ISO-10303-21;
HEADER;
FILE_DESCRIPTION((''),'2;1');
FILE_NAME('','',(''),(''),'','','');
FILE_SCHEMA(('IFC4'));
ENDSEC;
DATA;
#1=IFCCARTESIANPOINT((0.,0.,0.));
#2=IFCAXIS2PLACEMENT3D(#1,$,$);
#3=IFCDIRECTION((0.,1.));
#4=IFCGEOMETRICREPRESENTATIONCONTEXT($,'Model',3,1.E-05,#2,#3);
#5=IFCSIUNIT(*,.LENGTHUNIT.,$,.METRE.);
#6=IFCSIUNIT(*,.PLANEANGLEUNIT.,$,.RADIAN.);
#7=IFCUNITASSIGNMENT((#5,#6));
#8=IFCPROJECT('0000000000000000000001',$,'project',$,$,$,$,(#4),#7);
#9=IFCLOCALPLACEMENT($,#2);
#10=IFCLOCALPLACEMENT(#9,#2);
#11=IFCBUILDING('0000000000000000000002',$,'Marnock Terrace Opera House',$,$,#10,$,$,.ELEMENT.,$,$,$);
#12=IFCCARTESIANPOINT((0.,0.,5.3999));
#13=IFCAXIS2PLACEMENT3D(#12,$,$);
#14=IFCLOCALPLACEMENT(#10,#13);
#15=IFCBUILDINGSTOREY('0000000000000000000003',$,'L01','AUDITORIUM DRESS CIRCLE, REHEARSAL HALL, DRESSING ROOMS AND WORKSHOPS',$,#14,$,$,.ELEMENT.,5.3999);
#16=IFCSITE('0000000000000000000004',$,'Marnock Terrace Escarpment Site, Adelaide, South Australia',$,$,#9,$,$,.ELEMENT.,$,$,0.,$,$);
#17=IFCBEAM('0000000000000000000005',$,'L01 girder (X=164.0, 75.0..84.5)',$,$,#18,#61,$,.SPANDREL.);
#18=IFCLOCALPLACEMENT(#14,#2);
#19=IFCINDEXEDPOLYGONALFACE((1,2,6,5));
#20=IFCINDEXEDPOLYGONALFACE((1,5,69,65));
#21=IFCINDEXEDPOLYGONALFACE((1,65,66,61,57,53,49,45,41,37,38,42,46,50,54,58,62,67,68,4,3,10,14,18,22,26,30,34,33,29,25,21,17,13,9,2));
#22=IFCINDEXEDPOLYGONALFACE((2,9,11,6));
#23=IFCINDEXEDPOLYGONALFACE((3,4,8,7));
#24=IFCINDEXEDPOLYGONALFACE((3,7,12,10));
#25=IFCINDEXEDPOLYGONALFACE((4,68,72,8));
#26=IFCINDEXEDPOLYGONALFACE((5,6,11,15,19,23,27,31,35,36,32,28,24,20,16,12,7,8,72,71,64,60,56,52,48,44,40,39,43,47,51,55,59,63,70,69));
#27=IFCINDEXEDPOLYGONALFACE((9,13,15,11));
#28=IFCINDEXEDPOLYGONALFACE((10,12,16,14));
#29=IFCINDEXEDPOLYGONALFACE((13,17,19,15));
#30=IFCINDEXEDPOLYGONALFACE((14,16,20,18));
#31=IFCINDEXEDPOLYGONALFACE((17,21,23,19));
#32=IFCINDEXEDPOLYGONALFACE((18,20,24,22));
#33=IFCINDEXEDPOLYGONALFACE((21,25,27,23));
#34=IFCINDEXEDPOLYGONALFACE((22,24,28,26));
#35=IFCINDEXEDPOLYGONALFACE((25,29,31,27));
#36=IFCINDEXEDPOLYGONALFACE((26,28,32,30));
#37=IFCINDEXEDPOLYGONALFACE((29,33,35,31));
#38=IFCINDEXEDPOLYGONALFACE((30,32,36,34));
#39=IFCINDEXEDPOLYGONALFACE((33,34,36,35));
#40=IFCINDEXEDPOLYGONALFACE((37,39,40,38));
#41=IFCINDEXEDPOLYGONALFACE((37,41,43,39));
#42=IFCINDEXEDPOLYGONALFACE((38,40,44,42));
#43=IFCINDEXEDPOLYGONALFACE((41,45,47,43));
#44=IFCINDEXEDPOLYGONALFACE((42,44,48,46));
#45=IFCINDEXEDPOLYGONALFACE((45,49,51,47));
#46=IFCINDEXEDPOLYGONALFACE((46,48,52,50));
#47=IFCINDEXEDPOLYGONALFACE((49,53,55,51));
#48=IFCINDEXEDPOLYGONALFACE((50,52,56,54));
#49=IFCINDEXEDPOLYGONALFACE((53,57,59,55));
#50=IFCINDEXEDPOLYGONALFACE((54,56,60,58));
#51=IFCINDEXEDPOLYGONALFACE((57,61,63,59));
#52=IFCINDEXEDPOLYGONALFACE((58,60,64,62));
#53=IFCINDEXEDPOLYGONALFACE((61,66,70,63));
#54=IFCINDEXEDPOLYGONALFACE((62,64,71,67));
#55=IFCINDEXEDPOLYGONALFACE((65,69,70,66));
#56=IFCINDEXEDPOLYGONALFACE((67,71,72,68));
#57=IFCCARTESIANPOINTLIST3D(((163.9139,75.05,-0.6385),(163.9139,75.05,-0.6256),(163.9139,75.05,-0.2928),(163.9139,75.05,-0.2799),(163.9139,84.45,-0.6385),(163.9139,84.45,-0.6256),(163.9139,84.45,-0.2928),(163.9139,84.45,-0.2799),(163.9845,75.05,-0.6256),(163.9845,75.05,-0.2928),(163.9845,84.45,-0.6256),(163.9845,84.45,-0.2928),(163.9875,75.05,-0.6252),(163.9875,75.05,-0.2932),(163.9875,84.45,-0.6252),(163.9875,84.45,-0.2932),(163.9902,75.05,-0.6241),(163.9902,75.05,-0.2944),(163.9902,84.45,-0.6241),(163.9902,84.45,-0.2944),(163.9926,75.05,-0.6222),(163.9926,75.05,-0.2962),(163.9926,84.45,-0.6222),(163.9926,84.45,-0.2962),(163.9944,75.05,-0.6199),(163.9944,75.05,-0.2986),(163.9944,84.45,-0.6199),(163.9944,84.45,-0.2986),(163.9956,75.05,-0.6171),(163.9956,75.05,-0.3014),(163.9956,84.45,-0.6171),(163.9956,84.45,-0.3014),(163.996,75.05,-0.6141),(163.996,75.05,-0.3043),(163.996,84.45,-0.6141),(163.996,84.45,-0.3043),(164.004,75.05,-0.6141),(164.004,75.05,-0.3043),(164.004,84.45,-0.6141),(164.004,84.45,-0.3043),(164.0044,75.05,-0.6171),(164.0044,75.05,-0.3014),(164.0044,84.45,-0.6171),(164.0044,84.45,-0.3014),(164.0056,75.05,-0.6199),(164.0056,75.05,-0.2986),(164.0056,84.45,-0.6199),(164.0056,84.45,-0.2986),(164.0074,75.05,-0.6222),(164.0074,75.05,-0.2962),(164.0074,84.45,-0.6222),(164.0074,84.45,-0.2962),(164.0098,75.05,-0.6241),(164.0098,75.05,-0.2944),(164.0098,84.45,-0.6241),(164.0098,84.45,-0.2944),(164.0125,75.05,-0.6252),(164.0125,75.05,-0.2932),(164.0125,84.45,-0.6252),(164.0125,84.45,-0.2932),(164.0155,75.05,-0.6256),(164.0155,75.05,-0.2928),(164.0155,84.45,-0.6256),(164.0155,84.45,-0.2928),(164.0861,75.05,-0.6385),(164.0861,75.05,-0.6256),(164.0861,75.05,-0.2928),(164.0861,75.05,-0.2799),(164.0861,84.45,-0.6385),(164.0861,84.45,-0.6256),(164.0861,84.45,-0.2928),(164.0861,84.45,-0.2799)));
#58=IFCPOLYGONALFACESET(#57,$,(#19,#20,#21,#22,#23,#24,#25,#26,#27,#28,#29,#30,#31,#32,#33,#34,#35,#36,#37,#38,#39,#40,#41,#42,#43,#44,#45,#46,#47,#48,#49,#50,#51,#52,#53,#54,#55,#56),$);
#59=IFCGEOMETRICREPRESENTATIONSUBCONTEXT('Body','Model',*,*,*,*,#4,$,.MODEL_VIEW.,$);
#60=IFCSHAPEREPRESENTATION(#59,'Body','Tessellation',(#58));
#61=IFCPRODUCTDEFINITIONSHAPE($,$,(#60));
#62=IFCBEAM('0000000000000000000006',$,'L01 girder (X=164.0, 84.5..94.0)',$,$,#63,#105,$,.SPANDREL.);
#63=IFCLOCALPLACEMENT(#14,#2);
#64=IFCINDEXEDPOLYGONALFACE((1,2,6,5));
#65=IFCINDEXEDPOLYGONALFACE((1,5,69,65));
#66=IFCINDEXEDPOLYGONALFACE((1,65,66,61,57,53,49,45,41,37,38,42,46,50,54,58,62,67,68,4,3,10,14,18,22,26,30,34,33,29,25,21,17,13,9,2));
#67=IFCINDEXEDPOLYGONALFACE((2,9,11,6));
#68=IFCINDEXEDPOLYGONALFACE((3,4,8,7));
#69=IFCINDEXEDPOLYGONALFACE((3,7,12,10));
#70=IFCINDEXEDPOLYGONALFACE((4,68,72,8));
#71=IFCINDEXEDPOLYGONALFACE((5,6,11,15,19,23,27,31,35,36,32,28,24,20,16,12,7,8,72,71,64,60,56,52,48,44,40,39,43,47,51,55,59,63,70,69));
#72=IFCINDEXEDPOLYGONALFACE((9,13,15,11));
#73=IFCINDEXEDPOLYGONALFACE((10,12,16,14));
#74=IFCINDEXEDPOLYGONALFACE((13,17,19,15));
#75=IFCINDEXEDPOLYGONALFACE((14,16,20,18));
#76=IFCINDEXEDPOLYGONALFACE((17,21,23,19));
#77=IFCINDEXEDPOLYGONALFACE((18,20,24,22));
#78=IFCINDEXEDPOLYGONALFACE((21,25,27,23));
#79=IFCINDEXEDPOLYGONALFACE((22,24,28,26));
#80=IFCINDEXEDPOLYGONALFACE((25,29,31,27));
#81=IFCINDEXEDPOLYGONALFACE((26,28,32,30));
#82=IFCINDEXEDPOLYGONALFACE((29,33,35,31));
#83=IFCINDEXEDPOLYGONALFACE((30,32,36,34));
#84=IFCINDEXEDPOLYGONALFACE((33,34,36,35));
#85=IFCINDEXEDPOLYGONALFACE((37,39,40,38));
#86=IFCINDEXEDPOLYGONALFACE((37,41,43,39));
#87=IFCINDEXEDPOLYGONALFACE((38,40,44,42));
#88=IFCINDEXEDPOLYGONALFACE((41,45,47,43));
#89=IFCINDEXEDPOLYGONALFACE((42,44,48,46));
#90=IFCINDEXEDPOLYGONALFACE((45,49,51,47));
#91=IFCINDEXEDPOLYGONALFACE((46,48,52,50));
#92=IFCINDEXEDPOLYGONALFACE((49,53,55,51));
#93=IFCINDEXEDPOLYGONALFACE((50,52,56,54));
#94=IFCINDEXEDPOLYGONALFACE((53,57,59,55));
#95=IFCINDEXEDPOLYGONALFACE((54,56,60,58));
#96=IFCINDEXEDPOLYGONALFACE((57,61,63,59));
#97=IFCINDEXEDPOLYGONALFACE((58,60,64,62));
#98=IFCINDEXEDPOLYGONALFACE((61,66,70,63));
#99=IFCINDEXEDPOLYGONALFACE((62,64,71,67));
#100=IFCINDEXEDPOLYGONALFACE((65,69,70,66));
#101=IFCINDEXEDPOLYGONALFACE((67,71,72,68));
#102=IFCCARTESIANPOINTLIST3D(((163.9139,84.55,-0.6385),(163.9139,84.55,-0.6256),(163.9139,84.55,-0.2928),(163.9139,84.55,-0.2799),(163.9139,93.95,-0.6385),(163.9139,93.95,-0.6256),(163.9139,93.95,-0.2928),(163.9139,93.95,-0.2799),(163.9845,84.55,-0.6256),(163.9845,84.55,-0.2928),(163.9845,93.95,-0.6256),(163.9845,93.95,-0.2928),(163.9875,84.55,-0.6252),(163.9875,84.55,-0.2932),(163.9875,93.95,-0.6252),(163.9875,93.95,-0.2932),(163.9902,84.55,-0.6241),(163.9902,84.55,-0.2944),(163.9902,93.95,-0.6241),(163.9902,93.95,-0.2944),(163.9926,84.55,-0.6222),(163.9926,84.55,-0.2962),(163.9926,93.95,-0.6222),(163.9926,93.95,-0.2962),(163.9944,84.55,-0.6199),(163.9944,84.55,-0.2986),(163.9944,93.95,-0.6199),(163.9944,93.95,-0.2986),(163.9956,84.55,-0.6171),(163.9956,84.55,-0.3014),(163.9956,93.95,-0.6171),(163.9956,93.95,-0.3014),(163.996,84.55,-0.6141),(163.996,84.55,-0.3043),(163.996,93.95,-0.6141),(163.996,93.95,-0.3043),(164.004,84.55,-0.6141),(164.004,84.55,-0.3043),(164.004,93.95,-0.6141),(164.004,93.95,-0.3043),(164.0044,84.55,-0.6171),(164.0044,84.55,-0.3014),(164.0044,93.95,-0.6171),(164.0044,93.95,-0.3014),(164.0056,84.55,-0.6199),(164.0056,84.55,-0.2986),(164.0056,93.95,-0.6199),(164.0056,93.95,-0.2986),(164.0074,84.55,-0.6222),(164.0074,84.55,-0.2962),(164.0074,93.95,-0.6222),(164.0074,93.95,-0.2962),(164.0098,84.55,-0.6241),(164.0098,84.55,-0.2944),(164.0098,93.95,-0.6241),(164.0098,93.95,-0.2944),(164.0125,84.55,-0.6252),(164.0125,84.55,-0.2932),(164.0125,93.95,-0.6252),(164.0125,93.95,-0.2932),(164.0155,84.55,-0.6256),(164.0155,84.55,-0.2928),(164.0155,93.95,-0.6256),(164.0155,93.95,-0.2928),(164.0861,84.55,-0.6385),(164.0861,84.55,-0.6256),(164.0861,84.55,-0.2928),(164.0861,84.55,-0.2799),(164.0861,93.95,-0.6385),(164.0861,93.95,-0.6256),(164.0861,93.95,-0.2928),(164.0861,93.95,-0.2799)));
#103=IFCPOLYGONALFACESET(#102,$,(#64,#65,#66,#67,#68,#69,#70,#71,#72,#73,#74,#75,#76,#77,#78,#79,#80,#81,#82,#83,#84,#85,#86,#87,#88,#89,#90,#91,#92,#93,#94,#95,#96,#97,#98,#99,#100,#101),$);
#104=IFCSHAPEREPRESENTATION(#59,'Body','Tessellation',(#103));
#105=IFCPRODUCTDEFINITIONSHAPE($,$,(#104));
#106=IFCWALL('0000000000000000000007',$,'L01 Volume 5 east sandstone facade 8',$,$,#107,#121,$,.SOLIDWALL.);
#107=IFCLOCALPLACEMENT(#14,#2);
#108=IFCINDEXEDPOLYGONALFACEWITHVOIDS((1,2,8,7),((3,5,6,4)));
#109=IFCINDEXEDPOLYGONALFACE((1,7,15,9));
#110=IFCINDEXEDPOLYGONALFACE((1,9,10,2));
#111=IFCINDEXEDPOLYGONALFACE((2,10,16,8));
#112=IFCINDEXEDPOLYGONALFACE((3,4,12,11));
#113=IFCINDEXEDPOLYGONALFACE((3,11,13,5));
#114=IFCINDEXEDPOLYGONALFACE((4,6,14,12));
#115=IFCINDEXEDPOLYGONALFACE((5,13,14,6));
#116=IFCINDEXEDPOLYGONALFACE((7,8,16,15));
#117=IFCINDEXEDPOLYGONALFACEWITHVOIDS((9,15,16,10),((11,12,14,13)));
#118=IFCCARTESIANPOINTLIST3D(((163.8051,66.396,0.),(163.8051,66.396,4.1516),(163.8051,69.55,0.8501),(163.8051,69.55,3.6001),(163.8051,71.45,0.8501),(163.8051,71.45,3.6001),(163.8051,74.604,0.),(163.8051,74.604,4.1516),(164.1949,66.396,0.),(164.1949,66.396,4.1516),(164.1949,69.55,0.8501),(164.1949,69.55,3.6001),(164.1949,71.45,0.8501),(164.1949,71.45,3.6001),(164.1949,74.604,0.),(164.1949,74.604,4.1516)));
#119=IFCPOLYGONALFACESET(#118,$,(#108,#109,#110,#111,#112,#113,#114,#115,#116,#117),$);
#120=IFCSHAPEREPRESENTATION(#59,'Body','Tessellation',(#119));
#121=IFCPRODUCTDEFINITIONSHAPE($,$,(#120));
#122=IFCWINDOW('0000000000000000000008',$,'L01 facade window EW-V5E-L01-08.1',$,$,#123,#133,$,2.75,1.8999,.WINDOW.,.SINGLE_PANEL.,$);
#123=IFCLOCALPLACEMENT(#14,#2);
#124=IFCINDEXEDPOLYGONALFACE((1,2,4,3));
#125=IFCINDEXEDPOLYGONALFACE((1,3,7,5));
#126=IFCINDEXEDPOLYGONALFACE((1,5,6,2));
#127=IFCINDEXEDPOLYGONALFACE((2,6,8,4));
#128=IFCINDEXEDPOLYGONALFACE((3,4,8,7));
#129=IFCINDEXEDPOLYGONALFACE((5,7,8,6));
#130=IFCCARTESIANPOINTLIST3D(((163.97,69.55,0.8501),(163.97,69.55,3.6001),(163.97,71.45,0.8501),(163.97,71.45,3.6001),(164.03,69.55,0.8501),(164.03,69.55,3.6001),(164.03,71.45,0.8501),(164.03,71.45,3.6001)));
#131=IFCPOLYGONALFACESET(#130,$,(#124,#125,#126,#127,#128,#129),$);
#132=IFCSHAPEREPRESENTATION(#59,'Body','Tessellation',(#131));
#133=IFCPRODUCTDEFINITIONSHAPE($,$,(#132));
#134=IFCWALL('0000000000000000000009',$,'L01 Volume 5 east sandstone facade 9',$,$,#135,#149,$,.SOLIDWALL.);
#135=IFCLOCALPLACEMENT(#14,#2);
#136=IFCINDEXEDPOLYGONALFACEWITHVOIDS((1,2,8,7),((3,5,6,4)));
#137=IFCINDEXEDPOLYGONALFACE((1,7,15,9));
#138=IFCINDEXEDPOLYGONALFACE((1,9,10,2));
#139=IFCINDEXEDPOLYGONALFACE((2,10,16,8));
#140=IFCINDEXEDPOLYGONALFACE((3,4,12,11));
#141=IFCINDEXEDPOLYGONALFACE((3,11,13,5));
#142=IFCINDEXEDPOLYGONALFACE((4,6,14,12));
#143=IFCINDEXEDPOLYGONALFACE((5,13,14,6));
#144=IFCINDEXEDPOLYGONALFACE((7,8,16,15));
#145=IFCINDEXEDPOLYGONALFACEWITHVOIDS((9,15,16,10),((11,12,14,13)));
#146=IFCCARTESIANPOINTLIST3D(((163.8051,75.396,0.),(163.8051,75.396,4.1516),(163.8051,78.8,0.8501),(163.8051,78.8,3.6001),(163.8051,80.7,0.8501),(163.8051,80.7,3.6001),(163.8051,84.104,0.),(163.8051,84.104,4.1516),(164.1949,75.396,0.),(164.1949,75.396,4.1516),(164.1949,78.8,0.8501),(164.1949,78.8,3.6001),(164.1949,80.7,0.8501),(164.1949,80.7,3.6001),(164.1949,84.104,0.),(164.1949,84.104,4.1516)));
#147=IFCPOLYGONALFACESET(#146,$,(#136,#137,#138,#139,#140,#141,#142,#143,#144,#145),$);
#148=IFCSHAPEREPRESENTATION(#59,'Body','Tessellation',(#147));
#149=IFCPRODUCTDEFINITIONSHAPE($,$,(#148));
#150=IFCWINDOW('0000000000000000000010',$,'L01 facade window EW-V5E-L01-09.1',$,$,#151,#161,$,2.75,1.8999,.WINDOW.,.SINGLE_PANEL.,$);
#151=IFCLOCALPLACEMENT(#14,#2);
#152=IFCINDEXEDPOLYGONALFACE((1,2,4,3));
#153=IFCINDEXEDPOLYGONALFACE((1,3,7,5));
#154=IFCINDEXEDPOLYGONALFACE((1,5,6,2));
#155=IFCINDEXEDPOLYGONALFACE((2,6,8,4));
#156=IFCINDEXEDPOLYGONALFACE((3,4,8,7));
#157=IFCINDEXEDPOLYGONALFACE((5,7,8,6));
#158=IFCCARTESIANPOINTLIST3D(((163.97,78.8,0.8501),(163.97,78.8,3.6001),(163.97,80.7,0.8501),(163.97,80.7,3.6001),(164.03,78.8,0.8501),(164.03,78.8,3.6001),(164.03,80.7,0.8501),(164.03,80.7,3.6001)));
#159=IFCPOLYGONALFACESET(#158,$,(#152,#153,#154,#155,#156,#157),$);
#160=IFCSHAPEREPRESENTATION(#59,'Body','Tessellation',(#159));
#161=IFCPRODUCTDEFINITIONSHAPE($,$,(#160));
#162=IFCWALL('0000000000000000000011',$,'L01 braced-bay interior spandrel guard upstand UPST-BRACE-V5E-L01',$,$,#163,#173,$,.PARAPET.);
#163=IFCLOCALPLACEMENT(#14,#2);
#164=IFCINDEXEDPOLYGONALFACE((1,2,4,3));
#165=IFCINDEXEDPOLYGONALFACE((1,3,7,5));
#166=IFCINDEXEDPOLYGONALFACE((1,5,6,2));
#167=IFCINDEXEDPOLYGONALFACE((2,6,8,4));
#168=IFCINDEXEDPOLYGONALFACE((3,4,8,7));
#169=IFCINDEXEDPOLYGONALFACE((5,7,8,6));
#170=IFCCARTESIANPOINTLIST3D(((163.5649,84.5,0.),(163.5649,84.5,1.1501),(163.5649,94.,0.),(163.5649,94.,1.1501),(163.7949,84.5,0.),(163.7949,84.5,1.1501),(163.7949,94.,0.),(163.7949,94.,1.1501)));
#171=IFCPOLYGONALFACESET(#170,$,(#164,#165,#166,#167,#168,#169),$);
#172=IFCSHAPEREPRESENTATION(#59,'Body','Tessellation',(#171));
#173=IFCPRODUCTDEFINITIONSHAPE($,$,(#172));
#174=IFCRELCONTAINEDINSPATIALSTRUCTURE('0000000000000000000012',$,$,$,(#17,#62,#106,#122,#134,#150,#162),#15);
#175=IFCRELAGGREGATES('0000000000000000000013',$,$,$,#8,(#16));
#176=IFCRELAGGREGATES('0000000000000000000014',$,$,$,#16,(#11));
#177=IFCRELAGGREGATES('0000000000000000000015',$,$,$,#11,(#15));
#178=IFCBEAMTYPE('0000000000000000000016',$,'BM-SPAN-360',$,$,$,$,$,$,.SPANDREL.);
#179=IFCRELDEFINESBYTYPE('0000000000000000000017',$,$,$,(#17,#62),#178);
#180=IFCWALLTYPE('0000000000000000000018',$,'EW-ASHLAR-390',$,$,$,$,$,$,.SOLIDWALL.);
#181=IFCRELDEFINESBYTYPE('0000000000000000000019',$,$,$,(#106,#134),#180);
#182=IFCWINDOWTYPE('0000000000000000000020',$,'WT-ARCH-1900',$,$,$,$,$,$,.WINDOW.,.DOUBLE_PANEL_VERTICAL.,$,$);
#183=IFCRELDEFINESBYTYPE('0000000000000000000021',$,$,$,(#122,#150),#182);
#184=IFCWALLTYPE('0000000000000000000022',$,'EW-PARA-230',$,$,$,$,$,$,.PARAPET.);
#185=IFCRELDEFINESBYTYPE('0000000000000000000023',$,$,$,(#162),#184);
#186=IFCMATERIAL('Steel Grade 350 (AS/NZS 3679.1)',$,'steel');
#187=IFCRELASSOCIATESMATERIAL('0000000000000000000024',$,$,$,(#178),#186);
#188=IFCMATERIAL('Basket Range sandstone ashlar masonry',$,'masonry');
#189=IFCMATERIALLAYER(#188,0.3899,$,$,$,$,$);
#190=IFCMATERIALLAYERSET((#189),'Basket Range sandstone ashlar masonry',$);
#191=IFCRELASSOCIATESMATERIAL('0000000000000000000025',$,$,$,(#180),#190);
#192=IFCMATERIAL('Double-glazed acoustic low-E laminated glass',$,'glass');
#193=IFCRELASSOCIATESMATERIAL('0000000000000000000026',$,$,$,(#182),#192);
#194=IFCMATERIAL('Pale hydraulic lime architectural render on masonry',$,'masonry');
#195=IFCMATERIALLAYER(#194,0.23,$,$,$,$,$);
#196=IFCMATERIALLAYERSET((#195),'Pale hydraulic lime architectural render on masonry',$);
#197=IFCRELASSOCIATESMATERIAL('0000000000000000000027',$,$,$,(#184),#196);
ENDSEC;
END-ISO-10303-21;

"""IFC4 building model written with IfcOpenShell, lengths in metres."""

from ifc_helpers import new_model, si_unit, direction, frame, frame_2d, origin, origin_2d, place, context, subcontext, project, spatial, rectangle, i_section, extrude, material, layer, layer_set, material_profile, profile_set, type_object, element, fill, save


model = new_model("IFC4")

# Units and contexts
model_context = context("Model", 3, precision=1e-05, world=origin(), true_north=direction((0.0, 1.0)))
body_context = subcontext(model_context, "Body", "Model", "MODEL_VIEW")
ifc_project = project(units=[si_unit("LENGTHUNIT", "METRE"), si_unit("PLANEANGLEUNIT", "RADIAN")], contexts=[model_context])

# Site, building, storey
site_placement = place(None, origin())
site = spatial("IfcSite", under=ifc_project, at=site_placement, Name="Marnock Terrace Escarpment Site, Adelaide, South Australia", CompositionType="ELEMENT", RefElevation=0.0)
building_placement = place(site_placement, origin())
building = spatial("IfcBuilding", under=site, at=building_placement, Name="Marnock Terrace Opera House", CompositionType="ELEMENT")
storey_placement = place(building_placement, frame((0.0, 0.0, 5.3999)))
storey = spatial("IfcBuildingStorey", under=building, at=storey_placement, Name="L01", Description="AUDITORIUM DRESS CIRCLE, REHEARSAL HALL, DRESSING ROOMS AND WORKSHOPS", CompositionType="ELEMENT", Elevation=5.3999)

# Beams
ifc_material_1 = material(Name="Steel Grade 350 (AS/NZS 3679.1)", Category="steel")
ifc_material_profile_1 = material_profile(ifc_material_1, i_section(OverallWidth=0.1721, OverallDepth=0.3586, WebThickness=0.0081, FlangeThickness=0.0129, FilletRadius=0.0115, at=origin_2d()))
ifc_profile_set_1 = profile_set([ifc_material_profile_1], Name="Steel Grade 350 (AS/NZS 3679.1)")
beam_type_1 = type_object("IfcBeamType", Name="BM-SPAN-360", PredefinedType="SPANDREL", material=ifc_profile_set_1)
for number, where, z_axis, x_axis, name in (
    (1, (164.0, 75.05, -0.4592), (0.0, 1.0, 0.0), (-1.0, 0.0, 0.0), "L01 girder (X=164.0, 75.0..84.5)"),
    (2, (164.0, 84.55, -0.4592), (0.0, 1.0, 0.0), (-1.0, 0.0, 0.0), "L01 girder (X=164.0, 84.5..94.0)"),
):
    element("IfcBeam", number, at=place(storey_placement, frame(where, z_axis=z_axis, x_axis=x_axis)), inside=storey, type_object=beam_type_1, Name=name, PredefinedType="SPANDREL", context=body_context, shape_type="SweptSolid", body=[
        extrude(i_section(OverallWidth=0.1721, OverallDepth=0.3586, WebThickness=0.0081, FlangeThickness=0.0129, FilletRadius=0.0115, at=origin_2d()), origin(), (0.0, 0.0, 1.0), 9.3999),
    ])

# Walls, openings, windows
ifc_material_2 = material(Name="Basket Range sandstone ashlar masonry", Category="masonry")
ifc_layer_1 = layer(ifc_material_2, 0.3899)
ifc_layer_set_1 = layer_set([ifc_layer_1], Name="Basket Range sandstone ashlar masonry")
wall_type_1 = type_object("IfcWallType", Name="EW-ASHLAR-390", PredefinedType="SOLIDWALL", material=ifc_layer_set_1)
wall_1_placement = place(storey_placement, frame((164.0, 66.396, 0.0), z_axis=(0.0, 0.0, 1.0), x_axis=(0.0, 1.0, 0.0)))
wall_1 = element("IfcWall", 3, at=wall_1_placement, inside=storey, type_object=wall_type_1, Name="L01 Volume 5 east sandstone facade 8", PredefinedType="SOLIDWALL", context=body_context, shape_type="SweptSolid", body=[
    extrude(rectangle(XDim=8.208, YDim=0.3899, at=frame_2d((4.104, 0.0))), origin(), (0.0, 0.0, 1.0), 4.1516),
])
opening_1_placement = place(wall_1_placement, frame((3.1541, 0.0, 0.8501)))
opening_1 = element("IfcOpeningElement", 4, at=opening_1_placement, cuts=wall_1, PredefinedType="OPENING", context=body_context, shape_type="SweptSolid", body=[
    extrude(rectangle(XDim=1.8999, YDim=2.75, at=frame_2d((0.95, 1.375))), frame((0.0, 0.2048, 0.0), z_axis=(0.0, -1.0, 0.0), x_axis=(1.0, 0.0, 0.0)), (0.0, 0.0, 1.0), 0.4099),
])
ifc_material_3 = material(Name="Double-glazed acoustic low-E laminated glass", Category="glass")
window_type = type_object("IfcWindowType", Name="WT-ARCH-1900", PartitioningType="DOUBLE_PANEL_VERTICAL", PredefinedType="WINDOW", material=ifc_material_3)
window_1_placement = place(opening_1_placement, origin())
window_1 = element("IfcWindow", 5, at=window_1_placement, inside=storey, type_object=window_type, Name="L01 facade window EW-V5E-L01-08.1", OverallHeight=2.75, OverallWidth=1.8999, PartitioningType="SINGLE_PANEL", PredefinedType="WINDOW", context=body_context, shape_type="SweptSolid", body=[
    extrude(rectangle(XDim=1.8999, YDim=2.75, at=frame_2d((0.95, 1.375))), frame((0.0, 0.03, 0.0), z_axis=(0.0, -1.0, 0.0), x_axis=(1.0, 0.0, 0.0)), (0.0, 0.0, 1.0), 0.0601),
])
fill(opening_1, window_1)
wall_2_placement = place(storey_placement, frame((164.0, 75.396, 0.0), z_axis=(0.0, 0.0, 1.0), x_axis=(0.0, 1.0, 0.0)))
wall_2 = element("IfcWall", 6, at=wall_2_placement, inside=storey, type_object=wall_type_1, Name="L01 Volume 5 east sandstone facade 9", PredefinedType="SOLIDWALL", context=body_context, shape_type="SweptSolid", body=[
    extrude(rectangle(XDim=8.708, YDim=0.3899, at=frame_2d((4.354, 0.0))), origin(), (0.0, 0.0, 1.0), 4.1516),
])
opening_2_placement = place(wall_2_placement, frame((3.4041, 0.0, 0.8501)))
opening_2 = element("IfcOpeningElement", 7, at=opening_2_placement, cuts=wall_2, PredefinedType="OPENING", context=body_context, shape_type="SweptSolid", body=[
    extrude(rectangle(XDim=1.8999, YDim=2.75, at=frame_2d((0.95, 1.375))), frame((0.0, 0.2048, 0.0), z_axis=(0.0, -1.0, 0.0), x_axis=(1.0, 0.0, 0.0)), (0.0, 0.0, 1.0), 0.4099),
])
window_2_placement = place(opening_2_placement, origin())
window_2 = element("IfcWindow", 8, at=window_2_placement, inside=storey, type_object=window_type, Name="L01 facade window EW-V5E-L01-09.1", OverallHeight=2.75, OverallWidth=1.8999, PartitioningType="SINGLE_PANEL", PredefinedType="WINDOW", context=body_context, shape_type="SweptSolid", body=[
    extrude(rectangle(XDim=1.8999, YDim=2.75, at=frame_2d((0.95, 1.375))), frame((0.0, 0.03, 0.0), z_axis=(0.0, -1.0, 0.0), x_axis=(1.0, 0.0, 0.0)), (0.0, 0.0, 1.0), 0.0601),
])
fill(opening_2, window_2)

# Wall
ifc_material_4 = material(Name="Pale hydraulic lime architectural render on masonry", Category="masonry")
ifc_layer_2 = layer(ifc_material_4, 0.23)
ifc_layer_set_2 = layer_set([ifc_layer_2], Name="Pale hydraulic lime architectural render on masonry")
wall_type_2 = type_object("IfcWallType", Name="EW-PARA-230", PredefinedType="PARAPET", material=ifc_layer_set_2)
wall_3_placement = place(storey_placement, frame((163.6799, 84.5, 0.0), z_axis=(0.0, 0.0, 1.0), x_axis=(0.0, 1.0, 0.0)))
element("IfcWall", 9, at=wall_3_placement, inside=storey, type_object=wall_type_2, Name="L01 braced-bay interior spandrel guard upstand UPST-BRACE-V5E-L01", PredefinedType="PARAPET", context=body_context, shape_type="SweptSolid", body=[
    extrude(rectangle(XDim=9.5, YDim=0.23, at=frame_2d((4.75, 0.0))), origin(), (0.0, 0.0, 1.0), 1.1501),
])

save(model, "model.ifc")
